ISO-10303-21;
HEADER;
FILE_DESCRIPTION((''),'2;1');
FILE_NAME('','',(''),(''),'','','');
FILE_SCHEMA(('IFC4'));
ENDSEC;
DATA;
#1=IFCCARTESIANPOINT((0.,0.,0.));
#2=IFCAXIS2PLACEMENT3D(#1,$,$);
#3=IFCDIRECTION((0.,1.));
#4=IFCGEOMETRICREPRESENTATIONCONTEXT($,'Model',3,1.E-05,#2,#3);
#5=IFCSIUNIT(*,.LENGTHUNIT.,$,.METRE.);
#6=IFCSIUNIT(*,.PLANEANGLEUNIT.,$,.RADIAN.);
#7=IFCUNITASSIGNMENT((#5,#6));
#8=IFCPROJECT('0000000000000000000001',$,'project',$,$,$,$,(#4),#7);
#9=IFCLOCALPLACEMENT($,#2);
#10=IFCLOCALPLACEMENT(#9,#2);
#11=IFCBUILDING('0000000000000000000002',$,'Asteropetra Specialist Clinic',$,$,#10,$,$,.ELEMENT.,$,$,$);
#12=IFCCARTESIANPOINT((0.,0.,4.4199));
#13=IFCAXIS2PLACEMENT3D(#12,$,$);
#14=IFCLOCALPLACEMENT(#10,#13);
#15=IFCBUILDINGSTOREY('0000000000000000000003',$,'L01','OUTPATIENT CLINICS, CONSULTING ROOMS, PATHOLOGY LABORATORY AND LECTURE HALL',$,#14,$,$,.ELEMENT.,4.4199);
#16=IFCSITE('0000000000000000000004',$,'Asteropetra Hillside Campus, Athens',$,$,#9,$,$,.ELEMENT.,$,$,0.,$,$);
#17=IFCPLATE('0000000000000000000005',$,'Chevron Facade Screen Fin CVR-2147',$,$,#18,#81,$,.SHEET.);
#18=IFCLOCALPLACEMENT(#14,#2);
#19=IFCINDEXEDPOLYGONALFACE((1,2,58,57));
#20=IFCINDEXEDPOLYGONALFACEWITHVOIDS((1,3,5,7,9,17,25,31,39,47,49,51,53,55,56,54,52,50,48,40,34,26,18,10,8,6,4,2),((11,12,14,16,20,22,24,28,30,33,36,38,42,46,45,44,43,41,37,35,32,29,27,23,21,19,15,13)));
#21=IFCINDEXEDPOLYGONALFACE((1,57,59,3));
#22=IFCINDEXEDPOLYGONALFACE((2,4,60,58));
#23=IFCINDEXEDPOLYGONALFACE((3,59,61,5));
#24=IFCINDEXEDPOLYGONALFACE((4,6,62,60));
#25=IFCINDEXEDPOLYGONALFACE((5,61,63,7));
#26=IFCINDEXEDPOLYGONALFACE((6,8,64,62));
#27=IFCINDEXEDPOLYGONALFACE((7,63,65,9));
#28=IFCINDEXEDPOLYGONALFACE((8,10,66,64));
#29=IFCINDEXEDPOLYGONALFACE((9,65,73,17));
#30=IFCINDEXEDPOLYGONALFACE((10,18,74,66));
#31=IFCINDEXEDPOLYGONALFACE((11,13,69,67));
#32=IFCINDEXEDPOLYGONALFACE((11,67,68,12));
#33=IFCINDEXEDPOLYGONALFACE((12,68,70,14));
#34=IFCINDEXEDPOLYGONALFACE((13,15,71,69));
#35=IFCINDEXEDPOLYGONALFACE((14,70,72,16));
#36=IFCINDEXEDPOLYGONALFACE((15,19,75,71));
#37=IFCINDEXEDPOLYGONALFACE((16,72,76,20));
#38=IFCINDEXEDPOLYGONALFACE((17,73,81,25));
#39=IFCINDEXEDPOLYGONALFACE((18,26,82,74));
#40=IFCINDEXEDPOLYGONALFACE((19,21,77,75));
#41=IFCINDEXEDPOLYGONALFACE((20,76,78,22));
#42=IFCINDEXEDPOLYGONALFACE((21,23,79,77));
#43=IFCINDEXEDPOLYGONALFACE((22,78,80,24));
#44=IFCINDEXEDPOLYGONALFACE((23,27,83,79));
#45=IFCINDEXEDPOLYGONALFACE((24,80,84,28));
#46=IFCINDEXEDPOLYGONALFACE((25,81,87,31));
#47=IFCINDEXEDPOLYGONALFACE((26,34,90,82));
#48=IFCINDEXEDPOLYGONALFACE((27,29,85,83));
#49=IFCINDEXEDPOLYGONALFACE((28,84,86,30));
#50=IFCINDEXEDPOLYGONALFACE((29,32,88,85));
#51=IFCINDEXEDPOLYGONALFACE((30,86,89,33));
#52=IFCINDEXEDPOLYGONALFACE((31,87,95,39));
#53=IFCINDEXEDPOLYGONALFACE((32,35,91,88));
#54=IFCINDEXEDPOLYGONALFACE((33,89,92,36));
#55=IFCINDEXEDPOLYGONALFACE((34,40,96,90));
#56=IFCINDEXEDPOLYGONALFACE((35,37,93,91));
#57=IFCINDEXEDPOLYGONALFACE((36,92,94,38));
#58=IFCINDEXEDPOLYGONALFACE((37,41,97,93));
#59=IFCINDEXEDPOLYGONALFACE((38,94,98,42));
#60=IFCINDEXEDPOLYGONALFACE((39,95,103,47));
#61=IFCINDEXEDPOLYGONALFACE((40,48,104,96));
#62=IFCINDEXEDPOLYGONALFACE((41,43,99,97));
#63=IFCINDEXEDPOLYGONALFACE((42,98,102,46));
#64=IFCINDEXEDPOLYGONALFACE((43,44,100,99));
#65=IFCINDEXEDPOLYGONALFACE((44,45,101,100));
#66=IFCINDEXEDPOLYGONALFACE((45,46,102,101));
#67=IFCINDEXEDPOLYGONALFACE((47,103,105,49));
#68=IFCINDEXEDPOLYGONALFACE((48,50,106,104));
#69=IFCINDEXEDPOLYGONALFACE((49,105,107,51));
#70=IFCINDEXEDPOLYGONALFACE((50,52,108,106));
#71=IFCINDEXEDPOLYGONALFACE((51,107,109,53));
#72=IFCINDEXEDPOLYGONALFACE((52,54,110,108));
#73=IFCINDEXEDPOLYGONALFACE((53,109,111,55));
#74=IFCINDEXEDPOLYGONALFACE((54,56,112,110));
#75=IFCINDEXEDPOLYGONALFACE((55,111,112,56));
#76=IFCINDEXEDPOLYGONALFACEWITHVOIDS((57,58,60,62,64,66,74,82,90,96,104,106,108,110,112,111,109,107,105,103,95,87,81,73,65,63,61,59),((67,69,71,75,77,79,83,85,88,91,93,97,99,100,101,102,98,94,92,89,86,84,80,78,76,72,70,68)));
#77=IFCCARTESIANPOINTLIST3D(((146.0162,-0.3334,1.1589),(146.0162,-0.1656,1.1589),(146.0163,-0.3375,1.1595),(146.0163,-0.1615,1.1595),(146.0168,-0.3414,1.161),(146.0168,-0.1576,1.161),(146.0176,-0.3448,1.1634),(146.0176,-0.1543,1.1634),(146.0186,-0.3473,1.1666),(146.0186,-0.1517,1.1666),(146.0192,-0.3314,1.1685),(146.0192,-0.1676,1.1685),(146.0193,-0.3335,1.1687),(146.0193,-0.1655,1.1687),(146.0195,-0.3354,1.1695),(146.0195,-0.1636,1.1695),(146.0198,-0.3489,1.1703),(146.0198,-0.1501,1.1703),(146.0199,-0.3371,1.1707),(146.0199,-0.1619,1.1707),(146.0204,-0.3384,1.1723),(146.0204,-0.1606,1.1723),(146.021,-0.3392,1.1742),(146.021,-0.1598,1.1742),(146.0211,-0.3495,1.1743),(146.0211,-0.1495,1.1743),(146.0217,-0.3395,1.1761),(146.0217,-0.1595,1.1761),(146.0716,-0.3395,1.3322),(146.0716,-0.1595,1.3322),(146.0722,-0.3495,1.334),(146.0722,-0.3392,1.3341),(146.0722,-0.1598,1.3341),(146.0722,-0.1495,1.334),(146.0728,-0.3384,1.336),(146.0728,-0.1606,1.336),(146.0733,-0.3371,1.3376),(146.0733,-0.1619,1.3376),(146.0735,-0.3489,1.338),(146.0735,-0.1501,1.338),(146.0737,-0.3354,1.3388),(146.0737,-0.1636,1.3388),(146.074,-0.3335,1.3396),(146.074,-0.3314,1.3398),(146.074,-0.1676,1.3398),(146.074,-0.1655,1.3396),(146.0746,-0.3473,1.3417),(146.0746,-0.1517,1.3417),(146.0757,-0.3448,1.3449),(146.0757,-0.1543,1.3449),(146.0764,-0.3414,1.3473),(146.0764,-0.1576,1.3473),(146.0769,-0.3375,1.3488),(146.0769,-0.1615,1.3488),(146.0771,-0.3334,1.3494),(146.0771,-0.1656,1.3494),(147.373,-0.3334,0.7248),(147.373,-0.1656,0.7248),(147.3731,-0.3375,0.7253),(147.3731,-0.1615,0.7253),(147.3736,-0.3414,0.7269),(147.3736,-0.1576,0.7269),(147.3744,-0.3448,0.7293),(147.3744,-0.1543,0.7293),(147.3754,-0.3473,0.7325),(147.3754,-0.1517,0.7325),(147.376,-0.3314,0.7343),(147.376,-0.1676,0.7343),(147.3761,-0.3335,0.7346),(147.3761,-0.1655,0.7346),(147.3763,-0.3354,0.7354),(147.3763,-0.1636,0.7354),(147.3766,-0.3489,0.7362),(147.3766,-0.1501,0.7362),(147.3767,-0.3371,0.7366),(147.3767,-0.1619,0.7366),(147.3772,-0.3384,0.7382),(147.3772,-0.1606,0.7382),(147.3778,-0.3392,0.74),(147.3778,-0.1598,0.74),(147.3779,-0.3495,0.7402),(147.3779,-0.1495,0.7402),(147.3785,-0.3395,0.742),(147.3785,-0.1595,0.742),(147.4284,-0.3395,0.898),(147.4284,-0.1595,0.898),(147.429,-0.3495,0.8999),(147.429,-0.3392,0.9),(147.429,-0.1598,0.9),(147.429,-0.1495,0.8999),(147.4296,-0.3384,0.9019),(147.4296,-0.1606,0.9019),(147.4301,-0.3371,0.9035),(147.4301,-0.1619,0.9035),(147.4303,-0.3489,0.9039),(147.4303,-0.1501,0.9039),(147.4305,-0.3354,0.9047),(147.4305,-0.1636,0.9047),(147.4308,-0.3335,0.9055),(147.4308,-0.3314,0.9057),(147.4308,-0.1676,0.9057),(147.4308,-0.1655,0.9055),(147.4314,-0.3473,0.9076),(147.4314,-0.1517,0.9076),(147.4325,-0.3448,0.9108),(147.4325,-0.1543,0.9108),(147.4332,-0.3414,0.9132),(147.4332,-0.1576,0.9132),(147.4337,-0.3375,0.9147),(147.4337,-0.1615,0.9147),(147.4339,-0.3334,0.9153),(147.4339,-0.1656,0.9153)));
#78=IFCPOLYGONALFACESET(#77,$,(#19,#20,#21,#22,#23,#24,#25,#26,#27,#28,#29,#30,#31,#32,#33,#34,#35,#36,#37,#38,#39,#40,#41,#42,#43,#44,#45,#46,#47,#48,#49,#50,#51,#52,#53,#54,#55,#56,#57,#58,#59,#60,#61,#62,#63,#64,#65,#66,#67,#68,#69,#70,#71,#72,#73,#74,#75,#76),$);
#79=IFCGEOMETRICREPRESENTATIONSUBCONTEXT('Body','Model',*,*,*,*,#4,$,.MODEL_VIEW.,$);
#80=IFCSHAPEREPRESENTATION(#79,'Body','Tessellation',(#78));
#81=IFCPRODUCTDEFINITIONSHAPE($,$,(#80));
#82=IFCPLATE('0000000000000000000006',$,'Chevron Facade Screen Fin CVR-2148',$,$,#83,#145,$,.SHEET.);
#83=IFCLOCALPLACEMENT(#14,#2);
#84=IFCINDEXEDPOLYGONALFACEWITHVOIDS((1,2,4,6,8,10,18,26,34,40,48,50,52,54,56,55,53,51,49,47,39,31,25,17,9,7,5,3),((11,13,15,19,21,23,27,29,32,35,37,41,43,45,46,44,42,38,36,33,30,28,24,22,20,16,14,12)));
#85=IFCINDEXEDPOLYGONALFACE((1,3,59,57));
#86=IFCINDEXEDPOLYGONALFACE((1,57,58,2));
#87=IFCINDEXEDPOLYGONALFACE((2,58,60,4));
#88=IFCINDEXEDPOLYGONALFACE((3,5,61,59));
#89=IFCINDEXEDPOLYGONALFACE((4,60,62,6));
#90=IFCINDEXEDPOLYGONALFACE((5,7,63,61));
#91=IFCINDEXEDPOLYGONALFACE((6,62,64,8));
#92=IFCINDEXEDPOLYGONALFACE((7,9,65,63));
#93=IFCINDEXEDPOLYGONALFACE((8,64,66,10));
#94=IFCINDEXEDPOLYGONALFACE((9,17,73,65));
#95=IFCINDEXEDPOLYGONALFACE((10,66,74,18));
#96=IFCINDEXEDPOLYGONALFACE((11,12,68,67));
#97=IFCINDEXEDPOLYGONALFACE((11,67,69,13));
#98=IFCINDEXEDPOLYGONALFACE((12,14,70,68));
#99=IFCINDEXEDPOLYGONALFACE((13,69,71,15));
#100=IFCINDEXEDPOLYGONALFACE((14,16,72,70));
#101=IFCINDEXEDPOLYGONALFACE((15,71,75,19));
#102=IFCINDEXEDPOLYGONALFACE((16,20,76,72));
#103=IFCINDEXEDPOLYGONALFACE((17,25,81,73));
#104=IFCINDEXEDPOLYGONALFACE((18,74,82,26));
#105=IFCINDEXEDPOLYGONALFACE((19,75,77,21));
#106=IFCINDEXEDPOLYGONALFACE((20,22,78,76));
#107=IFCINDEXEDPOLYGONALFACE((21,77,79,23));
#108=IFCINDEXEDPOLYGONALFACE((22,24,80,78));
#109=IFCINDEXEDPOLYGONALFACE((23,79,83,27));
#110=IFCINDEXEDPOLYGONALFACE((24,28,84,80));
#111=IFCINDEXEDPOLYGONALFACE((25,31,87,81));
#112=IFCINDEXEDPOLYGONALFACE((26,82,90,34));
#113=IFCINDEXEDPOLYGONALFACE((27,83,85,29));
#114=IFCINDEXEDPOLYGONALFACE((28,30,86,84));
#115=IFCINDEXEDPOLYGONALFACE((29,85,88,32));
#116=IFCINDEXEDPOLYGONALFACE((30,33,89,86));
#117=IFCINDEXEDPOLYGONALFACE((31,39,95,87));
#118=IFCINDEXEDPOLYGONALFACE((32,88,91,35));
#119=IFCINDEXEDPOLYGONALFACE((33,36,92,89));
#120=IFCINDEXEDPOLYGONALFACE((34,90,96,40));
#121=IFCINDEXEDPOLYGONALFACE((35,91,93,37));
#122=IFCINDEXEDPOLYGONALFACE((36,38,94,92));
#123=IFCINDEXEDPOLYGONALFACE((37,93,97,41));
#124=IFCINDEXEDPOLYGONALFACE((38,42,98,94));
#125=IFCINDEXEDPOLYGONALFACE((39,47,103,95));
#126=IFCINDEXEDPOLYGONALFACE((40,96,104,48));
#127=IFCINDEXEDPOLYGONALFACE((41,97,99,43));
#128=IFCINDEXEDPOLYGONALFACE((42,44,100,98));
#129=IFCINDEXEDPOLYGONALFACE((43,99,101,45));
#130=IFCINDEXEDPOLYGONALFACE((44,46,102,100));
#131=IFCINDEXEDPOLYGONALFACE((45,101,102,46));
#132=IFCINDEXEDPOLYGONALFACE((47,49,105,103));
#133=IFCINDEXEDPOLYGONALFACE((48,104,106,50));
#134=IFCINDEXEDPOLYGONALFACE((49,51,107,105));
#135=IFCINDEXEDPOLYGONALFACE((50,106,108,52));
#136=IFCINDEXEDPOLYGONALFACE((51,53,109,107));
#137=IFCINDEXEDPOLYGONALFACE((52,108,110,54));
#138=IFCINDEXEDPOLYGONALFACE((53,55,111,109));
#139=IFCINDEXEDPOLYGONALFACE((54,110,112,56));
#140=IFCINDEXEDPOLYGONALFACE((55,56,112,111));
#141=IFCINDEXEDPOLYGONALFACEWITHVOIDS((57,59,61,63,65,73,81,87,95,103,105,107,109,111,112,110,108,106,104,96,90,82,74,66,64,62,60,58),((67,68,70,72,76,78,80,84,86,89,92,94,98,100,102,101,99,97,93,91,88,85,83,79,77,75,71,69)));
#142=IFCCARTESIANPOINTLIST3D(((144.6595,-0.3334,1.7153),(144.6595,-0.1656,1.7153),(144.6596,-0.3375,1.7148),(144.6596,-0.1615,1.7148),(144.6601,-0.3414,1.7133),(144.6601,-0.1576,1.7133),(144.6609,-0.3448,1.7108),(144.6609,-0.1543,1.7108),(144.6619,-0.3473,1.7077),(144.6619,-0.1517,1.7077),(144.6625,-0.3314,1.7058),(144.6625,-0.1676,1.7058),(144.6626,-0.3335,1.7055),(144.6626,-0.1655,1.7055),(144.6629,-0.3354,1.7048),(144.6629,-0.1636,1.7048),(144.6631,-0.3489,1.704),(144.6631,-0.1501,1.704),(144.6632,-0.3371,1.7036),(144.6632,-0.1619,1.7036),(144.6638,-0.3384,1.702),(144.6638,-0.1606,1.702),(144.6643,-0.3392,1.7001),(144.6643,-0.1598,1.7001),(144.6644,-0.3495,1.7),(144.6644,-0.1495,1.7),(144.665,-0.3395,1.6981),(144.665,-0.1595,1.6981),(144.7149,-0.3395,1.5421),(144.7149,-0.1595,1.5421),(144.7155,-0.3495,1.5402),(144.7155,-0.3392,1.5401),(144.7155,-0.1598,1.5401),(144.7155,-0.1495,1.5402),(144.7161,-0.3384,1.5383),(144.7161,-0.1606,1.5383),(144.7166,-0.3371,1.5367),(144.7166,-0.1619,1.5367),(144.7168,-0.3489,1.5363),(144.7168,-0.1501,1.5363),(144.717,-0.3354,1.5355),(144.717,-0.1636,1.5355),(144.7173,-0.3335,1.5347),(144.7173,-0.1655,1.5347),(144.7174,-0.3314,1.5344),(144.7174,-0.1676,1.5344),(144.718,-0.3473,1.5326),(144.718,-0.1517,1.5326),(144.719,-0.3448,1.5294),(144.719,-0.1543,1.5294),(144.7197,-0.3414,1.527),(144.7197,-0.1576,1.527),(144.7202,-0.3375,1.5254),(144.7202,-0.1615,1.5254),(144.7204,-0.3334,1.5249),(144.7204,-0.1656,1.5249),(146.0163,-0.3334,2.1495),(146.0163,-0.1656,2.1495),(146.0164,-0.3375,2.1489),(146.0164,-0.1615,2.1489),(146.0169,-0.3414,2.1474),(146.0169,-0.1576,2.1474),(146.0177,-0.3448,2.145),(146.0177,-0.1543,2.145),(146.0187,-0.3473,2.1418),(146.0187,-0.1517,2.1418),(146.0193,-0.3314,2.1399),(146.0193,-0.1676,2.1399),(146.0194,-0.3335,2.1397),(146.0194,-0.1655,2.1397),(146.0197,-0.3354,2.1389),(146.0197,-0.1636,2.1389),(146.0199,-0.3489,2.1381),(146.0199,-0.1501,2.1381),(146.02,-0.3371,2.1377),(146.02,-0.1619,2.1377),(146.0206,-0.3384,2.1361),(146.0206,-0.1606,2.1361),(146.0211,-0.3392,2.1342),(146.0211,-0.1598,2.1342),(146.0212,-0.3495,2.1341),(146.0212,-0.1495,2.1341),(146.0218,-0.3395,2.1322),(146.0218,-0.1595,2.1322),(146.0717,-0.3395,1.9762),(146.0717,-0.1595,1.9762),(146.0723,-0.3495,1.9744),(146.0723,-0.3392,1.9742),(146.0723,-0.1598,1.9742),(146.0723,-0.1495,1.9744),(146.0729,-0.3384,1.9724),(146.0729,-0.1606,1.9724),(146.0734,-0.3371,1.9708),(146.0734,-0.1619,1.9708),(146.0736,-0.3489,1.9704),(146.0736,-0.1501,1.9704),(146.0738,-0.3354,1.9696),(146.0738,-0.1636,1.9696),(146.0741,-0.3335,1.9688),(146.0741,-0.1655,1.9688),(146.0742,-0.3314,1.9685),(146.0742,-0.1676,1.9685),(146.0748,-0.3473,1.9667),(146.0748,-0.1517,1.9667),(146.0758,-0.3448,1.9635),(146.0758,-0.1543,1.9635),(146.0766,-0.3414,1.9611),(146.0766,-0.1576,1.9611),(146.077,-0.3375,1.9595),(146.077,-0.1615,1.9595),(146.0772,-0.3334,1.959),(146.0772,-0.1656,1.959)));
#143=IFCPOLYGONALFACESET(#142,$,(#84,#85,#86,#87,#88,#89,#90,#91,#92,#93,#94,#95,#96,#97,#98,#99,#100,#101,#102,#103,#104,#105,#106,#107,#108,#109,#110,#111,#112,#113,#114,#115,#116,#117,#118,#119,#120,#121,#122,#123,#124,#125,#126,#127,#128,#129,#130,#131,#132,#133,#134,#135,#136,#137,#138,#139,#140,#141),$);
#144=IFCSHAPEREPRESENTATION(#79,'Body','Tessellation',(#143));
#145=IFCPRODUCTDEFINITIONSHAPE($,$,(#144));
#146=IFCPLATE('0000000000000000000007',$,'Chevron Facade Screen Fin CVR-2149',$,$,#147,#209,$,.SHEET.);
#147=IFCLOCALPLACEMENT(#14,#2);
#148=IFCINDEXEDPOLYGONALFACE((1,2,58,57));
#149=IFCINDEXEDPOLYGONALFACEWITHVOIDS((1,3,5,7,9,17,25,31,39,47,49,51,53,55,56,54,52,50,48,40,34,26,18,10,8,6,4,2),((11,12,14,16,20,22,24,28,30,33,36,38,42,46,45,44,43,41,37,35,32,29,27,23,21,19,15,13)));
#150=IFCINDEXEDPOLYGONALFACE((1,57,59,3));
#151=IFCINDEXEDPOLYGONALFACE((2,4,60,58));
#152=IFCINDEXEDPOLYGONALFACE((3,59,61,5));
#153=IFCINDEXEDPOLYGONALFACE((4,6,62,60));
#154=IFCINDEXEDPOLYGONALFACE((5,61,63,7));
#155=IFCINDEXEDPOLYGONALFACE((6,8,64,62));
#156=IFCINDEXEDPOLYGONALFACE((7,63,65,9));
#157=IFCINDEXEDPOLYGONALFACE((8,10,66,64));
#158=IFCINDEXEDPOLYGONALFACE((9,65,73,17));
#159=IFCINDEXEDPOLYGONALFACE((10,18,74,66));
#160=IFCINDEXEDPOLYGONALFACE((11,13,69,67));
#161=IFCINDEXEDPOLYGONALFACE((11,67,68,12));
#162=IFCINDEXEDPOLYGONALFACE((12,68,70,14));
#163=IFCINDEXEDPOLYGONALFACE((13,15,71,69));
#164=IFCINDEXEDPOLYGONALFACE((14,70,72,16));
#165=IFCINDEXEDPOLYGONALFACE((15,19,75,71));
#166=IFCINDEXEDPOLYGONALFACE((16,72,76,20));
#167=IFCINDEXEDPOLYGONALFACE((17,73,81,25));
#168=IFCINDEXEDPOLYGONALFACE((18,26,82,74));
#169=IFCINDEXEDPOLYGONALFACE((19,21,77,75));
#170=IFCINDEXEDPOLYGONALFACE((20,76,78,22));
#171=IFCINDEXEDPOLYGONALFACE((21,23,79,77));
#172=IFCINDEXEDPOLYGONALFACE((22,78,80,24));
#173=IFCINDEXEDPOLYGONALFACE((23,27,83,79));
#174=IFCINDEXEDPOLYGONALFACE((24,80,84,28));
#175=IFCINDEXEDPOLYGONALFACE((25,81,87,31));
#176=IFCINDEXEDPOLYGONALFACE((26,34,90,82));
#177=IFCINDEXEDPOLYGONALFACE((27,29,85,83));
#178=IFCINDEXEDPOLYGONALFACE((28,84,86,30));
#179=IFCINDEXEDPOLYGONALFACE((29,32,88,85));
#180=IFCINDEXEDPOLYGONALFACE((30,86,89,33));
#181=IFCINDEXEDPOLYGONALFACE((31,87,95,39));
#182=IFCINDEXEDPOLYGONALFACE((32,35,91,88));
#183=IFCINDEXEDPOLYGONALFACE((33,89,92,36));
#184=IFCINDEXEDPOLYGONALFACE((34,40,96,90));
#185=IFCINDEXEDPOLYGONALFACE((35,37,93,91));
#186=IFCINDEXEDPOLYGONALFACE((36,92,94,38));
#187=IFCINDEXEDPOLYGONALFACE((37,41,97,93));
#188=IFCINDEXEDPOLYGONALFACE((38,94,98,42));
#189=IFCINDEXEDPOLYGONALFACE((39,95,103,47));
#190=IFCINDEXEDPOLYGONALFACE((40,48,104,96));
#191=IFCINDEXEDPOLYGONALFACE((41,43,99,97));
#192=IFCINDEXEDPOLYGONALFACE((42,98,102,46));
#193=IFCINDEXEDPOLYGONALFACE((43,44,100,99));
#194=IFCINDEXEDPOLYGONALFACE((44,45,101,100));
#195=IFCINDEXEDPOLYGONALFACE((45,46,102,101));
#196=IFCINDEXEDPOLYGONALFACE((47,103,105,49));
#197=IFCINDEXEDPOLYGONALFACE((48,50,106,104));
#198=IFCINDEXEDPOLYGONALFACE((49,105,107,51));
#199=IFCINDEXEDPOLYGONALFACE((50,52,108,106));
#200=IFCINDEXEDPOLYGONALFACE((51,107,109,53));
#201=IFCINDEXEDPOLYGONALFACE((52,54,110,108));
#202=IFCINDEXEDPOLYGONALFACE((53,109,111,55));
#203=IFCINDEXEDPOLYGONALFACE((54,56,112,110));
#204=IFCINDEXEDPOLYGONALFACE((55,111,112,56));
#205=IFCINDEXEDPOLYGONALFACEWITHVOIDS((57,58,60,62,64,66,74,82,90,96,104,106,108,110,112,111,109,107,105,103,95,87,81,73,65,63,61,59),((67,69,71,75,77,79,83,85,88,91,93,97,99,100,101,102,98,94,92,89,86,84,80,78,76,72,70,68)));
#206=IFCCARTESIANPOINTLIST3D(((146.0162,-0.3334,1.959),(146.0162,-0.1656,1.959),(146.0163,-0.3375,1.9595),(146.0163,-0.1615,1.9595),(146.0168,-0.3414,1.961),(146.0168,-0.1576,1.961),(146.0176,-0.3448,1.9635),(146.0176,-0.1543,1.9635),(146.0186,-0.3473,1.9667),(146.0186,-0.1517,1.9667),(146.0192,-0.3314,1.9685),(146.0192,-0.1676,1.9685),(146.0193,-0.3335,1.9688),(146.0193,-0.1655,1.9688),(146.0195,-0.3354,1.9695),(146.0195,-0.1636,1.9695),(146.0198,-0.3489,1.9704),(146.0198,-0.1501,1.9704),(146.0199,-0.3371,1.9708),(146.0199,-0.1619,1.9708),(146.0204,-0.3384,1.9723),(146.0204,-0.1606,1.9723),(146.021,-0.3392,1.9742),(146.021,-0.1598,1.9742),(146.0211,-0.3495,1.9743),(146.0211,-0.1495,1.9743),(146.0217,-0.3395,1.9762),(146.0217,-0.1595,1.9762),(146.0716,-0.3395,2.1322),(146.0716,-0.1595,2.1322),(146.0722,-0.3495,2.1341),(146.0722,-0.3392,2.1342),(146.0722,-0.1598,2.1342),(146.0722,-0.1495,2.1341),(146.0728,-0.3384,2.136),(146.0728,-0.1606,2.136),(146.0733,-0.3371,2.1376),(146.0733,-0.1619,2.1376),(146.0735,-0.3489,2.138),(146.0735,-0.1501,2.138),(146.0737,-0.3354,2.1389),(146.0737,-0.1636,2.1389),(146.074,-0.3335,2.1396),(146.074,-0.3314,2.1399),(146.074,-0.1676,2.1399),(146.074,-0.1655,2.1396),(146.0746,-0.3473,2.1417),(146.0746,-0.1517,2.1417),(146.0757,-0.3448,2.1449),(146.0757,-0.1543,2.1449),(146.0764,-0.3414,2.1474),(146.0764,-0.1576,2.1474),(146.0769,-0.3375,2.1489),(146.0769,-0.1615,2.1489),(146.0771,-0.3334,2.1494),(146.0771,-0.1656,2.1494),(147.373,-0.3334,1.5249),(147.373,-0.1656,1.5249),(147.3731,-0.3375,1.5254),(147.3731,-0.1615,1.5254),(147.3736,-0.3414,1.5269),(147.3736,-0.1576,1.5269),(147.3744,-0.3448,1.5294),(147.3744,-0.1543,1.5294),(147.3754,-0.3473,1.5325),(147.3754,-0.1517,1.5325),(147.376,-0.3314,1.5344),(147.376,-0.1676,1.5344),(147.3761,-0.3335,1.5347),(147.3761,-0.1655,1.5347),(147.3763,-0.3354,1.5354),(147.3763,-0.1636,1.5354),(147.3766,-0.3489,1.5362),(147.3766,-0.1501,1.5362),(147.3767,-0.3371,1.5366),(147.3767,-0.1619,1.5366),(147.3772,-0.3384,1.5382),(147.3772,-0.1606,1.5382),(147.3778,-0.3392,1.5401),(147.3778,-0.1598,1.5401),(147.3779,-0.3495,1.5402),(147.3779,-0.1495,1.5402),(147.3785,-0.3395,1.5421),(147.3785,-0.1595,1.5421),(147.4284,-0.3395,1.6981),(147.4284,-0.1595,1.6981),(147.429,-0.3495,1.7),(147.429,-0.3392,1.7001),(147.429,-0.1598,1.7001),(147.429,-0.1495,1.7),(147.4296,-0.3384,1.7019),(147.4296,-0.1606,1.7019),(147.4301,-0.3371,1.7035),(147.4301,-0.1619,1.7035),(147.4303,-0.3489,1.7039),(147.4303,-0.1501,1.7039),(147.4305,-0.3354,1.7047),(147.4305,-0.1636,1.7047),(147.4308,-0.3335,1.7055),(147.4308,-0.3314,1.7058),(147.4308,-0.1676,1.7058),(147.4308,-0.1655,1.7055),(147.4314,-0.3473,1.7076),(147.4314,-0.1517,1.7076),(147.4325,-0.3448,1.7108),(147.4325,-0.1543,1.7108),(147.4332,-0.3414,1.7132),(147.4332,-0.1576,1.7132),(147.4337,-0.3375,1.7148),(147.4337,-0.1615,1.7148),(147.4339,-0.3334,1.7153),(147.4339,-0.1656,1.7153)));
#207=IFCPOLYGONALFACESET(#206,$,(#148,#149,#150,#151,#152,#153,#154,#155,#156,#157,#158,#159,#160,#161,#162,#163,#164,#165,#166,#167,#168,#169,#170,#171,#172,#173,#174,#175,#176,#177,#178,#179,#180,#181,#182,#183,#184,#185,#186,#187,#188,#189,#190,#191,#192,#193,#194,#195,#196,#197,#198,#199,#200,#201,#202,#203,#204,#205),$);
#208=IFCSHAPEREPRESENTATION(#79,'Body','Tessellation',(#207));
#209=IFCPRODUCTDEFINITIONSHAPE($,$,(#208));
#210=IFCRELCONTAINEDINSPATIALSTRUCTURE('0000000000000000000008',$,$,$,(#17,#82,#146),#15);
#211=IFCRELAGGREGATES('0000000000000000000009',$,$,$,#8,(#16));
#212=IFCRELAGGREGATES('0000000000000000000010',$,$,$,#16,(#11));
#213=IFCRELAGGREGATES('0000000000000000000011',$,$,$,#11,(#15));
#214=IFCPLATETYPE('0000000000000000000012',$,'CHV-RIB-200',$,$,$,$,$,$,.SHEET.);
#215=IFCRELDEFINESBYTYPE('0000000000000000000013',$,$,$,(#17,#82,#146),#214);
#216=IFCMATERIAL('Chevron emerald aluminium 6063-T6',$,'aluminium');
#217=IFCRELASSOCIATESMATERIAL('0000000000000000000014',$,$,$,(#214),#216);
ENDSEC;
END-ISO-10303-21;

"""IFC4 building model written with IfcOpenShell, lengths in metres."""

from ifc_helpers import new_model, si_unit, direction, frame, origin, origin_2d, place, context, subcontext, project, spatial, hollow_rectangle, extrude, material, material_profile, profile_set, type_object, element, save


model = new_model("IFC4")

# Units and contexts
model_context = context("Model", 3, precision=1e-05, world=origin(), true_north=direction((0.0, 1.0)))
body_context = subcontext(model_context, "Body", "Model", "MODEL_VIEW")
ifc_project = project(units=[si_unit("LENGTHUNIT", "METRE"), si_unit("PLANEANGLEUNIT", "RADIAN")], contexts=[model_context])

# Site, building, storey
site_placement = place(None, origin())
site = spatial("IfcSite", under=ifc_project, at=site_placement, Name="Asteropetra Hillside Campus, Athens", CompositionType="ELEMENT", RefElevation=0.0)
building_placement = place(site_placement, origin())
building = spatial("IfcBuilding", under=site, at=building_placement, Name="Asteropetra Specialist Clinic", CompositionType="ELEMENT")
storey_placement = place(building_placement, frame((0.0, 0.0, 4.4199)))
storey = spatial("IfcBuildingStorey", under=building, at=storey_placement, Name="L01", Description="OUTPATIENT CLINICS, CONSULTING ROOMS, PATHOLOGY LABORATORY AND LECTURE HALL", CompositionType="ELEMENT", Elevation=4.4199)

# Plates
ifc_material_1 = material(Name="Chevron emerald aluminium 6063-T6", Category="aluminium")
ifc_material_profile_1 = material_profile(ifc_material_1, hollow_rectangle(XDim=0.2, YDim=0.2, WallThickness=0.01, InnerFilletRadius=0.0081, OuterFilletRadius=0.0161, at=origin_2d()), Name="SHS 200x200x10.0")
ifc_profile_set_1 = profile_set([ifc_material_profile_1], Name="Chevron emerald aluminium 6063-T6")
plate_type = type_object("IfcPlateType", Name="CHV-RIB-200", PredefinedType="SHEET", material=ifc_profile_set_1)
for number, where, z_axis, x_axis, name in (
    (1, (146.0466, -0.2495, 1.2542), (0.952436, 0.0, -0.304738), (0.0, 1.0, 0.0), "Chevron Facade Screen Fin CVR-2147"),
    (2, (144.6899, -0.2495, 1.6201), (0.952436, 0.0, 0.304738), (0.0, 1.0, 0.0), "Chevron Facade Screen Fin CVR-2148"),
    (3, (146.0466, -0.2495, 2.0542), (0.952436, 0.0, -0.304738), (0.0, 1.0, 0.0), "Chevron Facade Screen Fin CVR-2149"),
):
    element("IfcPlate", number, at=place(storey_placement, frame(where, z_axis=z_axis, x_axis=x_axis)), inside=storey, type_object=plate_type, Name=name, PredefinedType="SHEET", context=body_context, shape_type="SweptSolid", body=[
        extrude(hollow_rectangle(XDim=0.2, YDim=0.2, WallThickness=0.01, InnerFilletRadius=0.0081, OuterFilletRadius=0.0161, at=origin_2d()), origin(), (0.0, 0.0, 1.0), 1.4246),
    ])

save(model, "model.ifc")
